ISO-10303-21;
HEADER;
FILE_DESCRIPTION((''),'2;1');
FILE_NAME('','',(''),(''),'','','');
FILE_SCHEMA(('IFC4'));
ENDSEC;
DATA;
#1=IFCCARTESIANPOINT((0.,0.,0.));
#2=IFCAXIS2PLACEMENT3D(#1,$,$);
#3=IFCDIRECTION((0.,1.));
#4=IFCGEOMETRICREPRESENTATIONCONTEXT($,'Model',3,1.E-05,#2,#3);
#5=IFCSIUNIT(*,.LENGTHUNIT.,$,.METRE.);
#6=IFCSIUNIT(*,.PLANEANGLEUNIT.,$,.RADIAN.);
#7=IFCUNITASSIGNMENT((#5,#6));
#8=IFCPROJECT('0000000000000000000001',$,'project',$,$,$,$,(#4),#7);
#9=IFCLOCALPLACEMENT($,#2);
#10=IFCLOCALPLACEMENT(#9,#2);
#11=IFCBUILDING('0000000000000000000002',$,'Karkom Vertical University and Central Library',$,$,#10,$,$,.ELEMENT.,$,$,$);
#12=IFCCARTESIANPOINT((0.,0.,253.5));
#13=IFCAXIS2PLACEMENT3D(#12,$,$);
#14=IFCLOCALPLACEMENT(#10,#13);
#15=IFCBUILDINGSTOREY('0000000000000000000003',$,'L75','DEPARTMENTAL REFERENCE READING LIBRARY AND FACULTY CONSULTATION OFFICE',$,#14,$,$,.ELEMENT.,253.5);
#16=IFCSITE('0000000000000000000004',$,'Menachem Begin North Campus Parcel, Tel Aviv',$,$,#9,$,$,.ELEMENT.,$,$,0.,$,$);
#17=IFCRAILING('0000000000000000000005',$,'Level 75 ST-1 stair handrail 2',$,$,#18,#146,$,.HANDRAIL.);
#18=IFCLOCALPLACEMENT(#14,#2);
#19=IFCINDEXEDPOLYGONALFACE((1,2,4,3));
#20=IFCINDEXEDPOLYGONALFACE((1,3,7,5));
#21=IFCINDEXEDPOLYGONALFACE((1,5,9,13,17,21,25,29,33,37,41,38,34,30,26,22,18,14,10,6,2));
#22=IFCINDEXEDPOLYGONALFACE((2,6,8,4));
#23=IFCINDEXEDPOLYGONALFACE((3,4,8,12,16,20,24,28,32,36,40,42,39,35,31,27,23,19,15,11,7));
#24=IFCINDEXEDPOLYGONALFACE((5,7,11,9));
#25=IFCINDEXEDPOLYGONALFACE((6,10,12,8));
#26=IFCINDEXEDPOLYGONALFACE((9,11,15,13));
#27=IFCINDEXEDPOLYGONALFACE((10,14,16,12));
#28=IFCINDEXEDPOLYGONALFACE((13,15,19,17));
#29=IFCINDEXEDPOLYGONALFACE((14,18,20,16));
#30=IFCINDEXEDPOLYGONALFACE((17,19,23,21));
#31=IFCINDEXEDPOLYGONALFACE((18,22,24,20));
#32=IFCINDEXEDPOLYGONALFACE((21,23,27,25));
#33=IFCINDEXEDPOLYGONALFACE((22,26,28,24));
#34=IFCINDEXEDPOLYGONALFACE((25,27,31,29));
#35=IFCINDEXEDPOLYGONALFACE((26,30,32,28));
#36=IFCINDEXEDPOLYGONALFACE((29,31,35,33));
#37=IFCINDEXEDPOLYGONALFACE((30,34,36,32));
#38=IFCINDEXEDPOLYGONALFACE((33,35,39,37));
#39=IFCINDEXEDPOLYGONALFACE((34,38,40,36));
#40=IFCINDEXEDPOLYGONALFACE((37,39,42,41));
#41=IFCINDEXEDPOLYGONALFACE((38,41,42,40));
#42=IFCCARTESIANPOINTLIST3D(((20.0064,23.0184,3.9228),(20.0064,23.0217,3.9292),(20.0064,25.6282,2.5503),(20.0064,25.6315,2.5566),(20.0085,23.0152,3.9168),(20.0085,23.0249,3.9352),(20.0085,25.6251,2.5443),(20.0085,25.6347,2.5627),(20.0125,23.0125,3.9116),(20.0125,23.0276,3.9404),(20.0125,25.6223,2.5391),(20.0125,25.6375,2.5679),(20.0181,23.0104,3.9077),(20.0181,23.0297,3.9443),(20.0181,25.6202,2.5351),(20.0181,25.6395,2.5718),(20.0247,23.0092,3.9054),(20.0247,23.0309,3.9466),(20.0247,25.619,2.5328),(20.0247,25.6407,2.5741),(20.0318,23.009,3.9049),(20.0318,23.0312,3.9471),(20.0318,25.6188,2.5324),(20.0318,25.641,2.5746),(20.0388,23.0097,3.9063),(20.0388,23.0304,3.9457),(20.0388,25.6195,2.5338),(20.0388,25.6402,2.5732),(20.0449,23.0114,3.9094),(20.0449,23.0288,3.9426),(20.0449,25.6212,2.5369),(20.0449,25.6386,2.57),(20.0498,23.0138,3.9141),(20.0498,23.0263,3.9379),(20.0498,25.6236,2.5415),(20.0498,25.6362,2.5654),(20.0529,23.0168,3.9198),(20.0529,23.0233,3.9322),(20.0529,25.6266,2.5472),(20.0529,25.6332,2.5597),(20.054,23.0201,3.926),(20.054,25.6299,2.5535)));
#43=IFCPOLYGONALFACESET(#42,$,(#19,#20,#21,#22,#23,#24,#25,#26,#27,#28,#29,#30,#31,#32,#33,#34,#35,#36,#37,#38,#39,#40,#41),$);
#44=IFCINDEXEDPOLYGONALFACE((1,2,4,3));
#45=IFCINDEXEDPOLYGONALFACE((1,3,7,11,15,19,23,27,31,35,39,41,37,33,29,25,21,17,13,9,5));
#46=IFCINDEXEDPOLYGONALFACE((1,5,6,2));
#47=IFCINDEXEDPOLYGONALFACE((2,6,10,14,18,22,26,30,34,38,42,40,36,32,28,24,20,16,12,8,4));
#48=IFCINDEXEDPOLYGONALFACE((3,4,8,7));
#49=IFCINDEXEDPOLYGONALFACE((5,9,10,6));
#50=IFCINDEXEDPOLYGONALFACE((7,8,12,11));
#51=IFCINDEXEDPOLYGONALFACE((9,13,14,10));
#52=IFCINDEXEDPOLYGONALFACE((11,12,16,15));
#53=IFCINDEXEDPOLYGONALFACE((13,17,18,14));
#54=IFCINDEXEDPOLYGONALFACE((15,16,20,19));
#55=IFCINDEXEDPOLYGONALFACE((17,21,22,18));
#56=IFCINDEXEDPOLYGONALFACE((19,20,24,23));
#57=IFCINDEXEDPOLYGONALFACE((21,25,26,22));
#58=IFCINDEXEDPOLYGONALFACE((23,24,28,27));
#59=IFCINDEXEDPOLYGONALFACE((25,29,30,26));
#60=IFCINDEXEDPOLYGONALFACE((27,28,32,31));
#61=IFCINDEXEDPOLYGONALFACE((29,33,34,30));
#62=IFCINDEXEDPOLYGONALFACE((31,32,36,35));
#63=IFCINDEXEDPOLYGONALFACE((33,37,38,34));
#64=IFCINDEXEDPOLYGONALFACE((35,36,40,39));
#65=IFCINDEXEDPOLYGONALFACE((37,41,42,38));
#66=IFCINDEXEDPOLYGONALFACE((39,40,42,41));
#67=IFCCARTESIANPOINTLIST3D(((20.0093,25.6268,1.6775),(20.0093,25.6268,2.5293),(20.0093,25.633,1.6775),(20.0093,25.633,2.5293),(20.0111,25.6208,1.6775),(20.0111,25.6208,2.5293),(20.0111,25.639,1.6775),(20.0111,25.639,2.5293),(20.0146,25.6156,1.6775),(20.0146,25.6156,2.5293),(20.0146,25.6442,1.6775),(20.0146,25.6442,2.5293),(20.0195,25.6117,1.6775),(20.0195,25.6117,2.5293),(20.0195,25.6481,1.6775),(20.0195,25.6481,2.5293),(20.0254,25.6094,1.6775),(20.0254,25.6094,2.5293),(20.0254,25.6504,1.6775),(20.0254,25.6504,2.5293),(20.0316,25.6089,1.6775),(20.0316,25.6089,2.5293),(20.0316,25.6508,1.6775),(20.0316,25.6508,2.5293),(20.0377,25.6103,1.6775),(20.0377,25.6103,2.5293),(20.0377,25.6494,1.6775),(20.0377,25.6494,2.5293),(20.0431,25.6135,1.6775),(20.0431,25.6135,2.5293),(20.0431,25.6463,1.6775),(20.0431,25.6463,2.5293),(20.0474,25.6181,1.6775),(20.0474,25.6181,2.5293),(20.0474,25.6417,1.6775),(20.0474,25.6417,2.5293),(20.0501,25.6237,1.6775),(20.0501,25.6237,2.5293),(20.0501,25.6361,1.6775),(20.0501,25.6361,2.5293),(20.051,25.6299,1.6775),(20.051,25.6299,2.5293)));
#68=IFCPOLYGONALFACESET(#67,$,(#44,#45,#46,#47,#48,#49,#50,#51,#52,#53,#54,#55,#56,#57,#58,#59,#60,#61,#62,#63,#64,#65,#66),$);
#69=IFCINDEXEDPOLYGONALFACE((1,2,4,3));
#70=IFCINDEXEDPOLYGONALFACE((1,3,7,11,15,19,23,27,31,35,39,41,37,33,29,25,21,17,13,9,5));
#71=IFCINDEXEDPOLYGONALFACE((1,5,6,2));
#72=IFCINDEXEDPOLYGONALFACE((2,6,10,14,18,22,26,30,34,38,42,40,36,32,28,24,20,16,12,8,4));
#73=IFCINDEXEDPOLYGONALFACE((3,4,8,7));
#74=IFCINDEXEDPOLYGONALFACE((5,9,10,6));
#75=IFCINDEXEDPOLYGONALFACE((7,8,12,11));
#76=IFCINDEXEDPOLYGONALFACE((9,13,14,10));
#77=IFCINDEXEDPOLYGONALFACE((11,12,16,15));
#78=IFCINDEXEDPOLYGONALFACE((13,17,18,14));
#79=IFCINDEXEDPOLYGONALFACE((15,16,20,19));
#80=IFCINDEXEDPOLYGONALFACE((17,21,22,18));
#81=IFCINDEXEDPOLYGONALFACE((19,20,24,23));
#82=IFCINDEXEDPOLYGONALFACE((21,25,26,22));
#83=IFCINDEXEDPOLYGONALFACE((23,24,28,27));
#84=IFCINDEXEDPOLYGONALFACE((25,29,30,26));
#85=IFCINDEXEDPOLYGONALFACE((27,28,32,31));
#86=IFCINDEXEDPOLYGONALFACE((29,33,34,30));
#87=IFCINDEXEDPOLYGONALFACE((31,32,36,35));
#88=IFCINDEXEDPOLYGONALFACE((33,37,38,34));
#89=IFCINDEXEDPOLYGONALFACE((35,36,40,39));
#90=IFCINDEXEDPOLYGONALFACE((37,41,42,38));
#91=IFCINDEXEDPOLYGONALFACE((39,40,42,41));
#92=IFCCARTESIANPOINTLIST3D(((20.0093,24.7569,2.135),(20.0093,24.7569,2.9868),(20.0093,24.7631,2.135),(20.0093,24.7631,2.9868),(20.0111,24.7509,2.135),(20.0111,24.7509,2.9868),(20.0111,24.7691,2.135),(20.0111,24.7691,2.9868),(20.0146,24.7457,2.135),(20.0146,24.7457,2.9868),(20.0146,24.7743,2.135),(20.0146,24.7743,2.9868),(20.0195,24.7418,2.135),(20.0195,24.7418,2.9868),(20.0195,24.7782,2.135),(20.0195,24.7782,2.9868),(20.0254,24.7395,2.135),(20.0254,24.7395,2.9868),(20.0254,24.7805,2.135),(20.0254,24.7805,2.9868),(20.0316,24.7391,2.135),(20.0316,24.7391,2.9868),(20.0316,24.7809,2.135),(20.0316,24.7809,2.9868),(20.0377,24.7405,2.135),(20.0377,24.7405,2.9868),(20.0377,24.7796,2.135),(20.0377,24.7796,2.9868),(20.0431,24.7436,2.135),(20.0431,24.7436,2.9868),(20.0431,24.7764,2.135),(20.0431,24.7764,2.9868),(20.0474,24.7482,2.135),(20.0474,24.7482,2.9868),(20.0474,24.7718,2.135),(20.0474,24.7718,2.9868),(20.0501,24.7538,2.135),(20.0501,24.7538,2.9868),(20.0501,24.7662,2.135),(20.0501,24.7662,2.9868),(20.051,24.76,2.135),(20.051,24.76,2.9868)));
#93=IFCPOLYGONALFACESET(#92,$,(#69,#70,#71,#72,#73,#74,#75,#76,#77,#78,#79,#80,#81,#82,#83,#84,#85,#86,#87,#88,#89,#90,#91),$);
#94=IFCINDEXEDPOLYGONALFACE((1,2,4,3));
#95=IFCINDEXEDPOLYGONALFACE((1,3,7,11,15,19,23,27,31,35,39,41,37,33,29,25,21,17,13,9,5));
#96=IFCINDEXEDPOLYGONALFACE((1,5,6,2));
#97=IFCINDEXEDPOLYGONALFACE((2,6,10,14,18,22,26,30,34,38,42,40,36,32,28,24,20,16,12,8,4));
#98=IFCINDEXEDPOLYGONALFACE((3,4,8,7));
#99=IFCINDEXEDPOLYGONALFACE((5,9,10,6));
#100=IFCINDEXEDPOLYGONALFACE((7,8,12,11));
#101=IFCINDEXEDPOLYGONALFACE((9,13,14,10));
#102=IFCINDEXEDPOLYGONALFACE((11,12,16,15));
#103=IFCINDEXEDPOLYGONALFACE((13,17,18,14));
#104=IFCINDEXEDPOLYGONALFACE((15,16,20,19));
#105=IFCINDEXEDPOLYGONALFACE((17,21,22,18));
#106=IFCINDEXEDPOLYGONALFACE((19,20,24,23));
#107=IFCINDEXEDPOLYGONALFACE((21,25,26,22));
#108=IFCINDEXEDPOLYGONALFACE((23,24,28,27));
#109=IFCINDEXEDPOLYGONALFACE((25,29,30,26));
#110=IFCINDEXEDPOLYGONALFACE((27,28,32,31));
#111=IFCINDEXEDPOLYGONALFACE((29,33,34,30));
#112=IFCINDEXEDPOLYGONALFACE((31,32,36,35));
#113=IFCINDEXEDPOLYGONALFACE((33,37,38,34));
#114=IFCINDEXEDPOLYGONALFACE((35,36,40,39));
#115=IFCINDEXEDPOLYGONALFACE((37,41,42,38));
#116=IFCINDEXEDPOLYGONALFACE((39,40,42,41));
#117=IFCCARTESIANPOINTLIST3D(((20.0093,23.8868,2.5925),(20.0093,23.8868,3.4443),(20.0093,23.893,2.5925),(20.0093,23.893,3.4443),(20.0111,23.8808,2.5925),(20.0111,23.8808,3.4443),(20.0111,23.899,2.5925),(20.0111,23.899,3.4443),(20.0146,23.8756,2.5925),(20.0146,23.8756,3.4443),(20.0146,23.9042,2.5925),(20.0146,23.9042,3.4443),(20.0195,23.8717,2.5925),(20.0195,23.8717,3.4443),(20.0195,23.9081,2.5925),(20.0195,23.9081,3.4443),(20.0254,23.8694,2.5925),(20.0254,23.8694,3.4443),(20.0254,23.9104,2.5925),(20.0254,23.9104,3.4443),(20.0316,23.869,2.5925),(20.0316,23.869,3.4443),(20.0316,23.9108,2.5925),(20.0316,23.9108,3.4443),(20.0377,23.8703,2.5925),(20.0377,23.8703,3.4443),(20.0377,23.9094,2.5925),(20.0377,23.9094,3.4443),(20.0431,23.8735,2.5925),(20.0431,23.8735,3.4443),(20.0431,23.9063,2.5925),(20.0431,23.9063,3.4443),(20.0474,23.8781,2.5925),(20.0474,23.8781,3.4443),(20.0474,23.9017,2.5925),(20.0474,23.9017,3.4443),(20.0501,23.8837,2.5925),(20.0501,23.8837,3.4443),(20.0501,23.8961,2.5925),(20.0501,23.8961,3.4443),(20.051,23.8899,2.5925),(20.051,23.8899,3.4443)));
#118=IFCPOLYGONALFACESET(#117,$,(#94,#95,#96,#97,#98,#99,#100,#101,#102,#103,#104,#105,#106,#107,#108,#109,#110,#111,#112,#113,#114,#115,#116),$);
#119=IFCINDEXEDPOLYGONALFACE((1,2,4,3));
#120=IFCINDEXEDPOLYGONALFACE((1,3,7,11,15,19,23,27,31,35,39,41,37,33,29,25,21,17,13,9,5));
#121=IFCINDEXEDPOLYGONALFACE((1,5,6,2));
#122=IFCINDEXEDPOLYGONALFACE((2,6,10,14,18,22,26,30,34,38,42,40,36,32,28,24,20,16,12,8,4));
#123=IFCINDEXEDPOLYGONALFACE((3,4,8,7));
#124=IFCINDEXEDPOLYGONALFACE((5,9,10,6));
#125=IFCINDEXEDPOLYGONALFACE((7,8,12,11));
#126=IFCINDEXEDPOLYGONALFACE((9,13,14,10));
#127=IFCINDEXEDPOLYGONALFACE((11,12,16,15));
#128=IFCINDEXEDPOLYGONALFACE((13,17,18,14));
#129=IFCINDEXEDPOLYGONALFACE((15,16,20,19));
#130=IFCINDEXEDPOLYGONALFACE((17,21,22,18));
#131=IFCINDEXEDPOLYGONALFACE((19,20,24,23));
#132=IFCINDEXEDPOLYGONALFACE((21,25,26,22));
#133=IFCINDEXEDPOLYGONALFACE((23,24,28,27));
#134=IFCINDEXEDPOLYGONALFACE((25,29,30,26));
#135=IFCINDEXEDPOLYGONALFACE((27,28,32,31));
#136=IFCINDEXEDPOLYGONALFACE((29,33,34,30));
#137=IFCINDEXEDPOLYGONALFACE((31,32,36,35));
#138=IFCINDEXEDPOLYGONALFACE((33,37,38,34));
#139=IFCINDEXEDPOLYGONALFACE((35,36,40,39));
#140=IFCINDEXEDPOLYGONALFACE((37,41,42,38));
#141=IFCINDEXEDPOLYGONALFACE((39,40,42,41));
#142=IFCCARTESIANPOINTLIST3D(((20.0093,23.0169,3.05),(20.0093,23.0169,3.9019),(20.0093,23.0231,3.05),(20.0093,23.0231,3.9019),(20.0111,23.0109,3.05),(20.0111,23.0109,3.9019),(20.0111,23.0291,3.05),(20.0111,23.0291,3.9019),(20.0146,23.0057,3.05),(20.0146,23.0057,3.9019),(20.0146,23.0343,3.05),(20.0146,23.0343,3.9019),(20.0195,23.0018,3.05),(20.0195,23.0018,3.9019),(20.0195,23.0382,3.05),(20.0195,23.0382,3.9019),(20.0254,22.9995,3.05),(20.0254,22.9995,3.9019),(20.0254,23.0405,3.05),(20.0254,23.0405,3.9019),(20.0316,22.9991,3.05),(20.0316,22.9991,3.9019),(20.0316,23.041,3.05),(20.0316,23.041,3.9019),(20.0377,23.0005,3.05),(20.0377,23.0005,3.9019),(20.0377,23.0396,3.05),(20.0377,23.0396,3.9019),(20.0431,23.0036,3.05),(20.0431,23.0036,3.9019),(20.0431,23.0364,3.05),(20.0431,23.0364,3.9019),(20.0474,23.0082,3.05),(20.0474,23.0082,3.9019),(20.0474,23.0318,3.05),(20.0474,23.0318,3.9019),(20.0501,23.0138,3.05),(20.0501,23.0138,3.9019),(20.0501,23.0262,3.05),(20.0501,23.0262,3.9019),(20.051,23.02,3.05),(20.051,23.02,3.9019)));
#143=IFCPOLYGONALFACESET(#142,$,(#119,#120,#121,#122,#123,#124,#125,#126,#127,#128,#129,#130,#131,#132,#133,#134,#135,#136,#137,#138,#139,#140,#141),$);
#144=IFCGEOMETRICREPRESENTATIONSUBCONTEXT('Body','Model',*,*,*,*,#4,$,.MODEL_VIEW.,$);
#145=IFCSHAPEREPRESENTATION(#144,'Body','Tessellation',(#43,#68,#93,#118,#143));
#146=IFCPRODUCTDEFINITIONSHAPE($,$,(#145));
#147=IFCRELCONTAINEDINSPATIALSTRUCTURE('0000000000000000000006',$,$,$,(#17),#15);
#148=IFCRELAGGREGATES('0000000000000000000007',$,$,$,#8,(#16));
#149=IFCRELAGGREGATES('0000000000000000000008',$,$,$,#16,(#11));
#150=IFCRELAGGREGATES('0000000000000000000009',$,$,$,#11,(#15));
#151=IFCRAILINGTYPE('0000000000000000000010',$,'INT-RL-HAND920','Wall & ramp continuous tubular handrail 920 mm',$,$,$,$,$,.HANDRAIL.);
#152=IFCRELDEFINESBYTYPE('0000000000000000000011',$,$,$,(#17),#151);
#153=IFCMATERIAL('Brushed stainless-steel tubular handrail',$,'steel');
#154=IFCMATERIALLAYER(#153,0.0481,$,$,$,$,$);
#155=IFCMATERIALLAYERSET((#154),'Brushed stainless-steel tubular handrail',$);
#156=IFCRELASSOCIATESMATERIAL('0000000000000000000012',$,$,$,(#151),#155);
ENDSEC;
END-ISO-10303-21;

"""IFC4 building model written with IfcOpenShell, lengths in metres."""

from ifc_helpers import new_model, si_unit, direction, frame, origin, origin_2d, place, context, subcontext, project, spatial, circle, extrude, material, layer, layer_set, type_object, element, save


model = new_model("IFC4")

# Units and contexts
model_context = context("Model", 3, precision=1e-05, world=origin(), true_north=direction((0.0, 1.0)))
body_context = subcontext(model_context, "Body", "Model", "MODEL_VIEW")
ifc_project = project(units=[si_unit("LENGTHUNIT", "METRE"), si_unit("PLANEANGLEUNIT", "RADIAN")], contexts=[model_context])

# Site, building, storey
site_placement = place(None, origin())
site = spatial("IfcSite", under=ifc_project, at=site_placement, Name="Menachem Begin North Campus Parcel, Tel Aviv", CompositionType="ELEMENT", RefElevation=0.0)
building_placement = place(site_placement, origin())
building = spatial("IfcBuilding", under=site, at=building_placement, Name="Karkom Vertical University and Central Library", CompositionType="ELEMENT")
storey_placement = place(building_placement, frame((0.0, 0.0, 253.5)))
storey = spatial("IfcBuildingStorey", under=building, at=storey_placement, Name="L75", Description="DEPARTMENTAL REFERENCE READING LIBRARY AND FACULTY CONSULTATION OFFICE", CompositionType="ELEMENT", Elevation=253.5)

# Railing
ifc_material_1 = material(Name="Brushed stainless-steel tubular handrail", Category="steel")
ifc_layer_1 = layer(ifc_material_1, 0.0481)
ifc_layer_set_1 = layer_set([ifc_layer_1], Name="Brushed stainless-steel tubular handrail")
railing_type_1 = type_object("IfcRailingType", Name="INT-RL-HAND920", Description="Wall & ramp continuous tubular handrail 920 mm", PredefinedType="HANDRAIL", material=ifc_layer_set_1)
railing_1_placement = place(storey_placement, frame((20.03, 25.6299, 1.6775)))
element("IfcRailing", 1, at=railing_1_placement, inside=storey, type_object=railing_type_1, Name="Level 75 ST-1 stair handrail 2", PredefinedType="HANDRAIL", context=body_context, shape_type="SweptSolid", body=[
    extrude(circle(Radius=0.0239, at=origin_2d()), frame((0.0, 0.0, 0.876), z_axis=(0.0, -0.885065, 0.465467), x_axis=(1.0, 0.0, 0.0)), (0.0, 0.0, 1.0), 2.9487),
    extrude(circle(Radius=0.021, at=origin_2d()), origin(), (0.0, 0.0, 1.0), 0.8518),
    extrude(circle(Radius=0.021, at=origin_2d()), frame((0.0, -0.8699, 0.4575)), (0.0, 0.0, 1.0), 0.8518),
    extrude(circle(Radius=0.021, at=origin_2d()), frame((0.0, -1.74, 0.915)), (0.0, 0.0, 1.0), 0.8518),
    extrude(circle(Radius=0.021, at=origin_2d()), frame((0.0, -2.6099, 1.3726)), (0.0, 0.0, 1.0), 0.8518),
])

save(model, "model.ifc")
